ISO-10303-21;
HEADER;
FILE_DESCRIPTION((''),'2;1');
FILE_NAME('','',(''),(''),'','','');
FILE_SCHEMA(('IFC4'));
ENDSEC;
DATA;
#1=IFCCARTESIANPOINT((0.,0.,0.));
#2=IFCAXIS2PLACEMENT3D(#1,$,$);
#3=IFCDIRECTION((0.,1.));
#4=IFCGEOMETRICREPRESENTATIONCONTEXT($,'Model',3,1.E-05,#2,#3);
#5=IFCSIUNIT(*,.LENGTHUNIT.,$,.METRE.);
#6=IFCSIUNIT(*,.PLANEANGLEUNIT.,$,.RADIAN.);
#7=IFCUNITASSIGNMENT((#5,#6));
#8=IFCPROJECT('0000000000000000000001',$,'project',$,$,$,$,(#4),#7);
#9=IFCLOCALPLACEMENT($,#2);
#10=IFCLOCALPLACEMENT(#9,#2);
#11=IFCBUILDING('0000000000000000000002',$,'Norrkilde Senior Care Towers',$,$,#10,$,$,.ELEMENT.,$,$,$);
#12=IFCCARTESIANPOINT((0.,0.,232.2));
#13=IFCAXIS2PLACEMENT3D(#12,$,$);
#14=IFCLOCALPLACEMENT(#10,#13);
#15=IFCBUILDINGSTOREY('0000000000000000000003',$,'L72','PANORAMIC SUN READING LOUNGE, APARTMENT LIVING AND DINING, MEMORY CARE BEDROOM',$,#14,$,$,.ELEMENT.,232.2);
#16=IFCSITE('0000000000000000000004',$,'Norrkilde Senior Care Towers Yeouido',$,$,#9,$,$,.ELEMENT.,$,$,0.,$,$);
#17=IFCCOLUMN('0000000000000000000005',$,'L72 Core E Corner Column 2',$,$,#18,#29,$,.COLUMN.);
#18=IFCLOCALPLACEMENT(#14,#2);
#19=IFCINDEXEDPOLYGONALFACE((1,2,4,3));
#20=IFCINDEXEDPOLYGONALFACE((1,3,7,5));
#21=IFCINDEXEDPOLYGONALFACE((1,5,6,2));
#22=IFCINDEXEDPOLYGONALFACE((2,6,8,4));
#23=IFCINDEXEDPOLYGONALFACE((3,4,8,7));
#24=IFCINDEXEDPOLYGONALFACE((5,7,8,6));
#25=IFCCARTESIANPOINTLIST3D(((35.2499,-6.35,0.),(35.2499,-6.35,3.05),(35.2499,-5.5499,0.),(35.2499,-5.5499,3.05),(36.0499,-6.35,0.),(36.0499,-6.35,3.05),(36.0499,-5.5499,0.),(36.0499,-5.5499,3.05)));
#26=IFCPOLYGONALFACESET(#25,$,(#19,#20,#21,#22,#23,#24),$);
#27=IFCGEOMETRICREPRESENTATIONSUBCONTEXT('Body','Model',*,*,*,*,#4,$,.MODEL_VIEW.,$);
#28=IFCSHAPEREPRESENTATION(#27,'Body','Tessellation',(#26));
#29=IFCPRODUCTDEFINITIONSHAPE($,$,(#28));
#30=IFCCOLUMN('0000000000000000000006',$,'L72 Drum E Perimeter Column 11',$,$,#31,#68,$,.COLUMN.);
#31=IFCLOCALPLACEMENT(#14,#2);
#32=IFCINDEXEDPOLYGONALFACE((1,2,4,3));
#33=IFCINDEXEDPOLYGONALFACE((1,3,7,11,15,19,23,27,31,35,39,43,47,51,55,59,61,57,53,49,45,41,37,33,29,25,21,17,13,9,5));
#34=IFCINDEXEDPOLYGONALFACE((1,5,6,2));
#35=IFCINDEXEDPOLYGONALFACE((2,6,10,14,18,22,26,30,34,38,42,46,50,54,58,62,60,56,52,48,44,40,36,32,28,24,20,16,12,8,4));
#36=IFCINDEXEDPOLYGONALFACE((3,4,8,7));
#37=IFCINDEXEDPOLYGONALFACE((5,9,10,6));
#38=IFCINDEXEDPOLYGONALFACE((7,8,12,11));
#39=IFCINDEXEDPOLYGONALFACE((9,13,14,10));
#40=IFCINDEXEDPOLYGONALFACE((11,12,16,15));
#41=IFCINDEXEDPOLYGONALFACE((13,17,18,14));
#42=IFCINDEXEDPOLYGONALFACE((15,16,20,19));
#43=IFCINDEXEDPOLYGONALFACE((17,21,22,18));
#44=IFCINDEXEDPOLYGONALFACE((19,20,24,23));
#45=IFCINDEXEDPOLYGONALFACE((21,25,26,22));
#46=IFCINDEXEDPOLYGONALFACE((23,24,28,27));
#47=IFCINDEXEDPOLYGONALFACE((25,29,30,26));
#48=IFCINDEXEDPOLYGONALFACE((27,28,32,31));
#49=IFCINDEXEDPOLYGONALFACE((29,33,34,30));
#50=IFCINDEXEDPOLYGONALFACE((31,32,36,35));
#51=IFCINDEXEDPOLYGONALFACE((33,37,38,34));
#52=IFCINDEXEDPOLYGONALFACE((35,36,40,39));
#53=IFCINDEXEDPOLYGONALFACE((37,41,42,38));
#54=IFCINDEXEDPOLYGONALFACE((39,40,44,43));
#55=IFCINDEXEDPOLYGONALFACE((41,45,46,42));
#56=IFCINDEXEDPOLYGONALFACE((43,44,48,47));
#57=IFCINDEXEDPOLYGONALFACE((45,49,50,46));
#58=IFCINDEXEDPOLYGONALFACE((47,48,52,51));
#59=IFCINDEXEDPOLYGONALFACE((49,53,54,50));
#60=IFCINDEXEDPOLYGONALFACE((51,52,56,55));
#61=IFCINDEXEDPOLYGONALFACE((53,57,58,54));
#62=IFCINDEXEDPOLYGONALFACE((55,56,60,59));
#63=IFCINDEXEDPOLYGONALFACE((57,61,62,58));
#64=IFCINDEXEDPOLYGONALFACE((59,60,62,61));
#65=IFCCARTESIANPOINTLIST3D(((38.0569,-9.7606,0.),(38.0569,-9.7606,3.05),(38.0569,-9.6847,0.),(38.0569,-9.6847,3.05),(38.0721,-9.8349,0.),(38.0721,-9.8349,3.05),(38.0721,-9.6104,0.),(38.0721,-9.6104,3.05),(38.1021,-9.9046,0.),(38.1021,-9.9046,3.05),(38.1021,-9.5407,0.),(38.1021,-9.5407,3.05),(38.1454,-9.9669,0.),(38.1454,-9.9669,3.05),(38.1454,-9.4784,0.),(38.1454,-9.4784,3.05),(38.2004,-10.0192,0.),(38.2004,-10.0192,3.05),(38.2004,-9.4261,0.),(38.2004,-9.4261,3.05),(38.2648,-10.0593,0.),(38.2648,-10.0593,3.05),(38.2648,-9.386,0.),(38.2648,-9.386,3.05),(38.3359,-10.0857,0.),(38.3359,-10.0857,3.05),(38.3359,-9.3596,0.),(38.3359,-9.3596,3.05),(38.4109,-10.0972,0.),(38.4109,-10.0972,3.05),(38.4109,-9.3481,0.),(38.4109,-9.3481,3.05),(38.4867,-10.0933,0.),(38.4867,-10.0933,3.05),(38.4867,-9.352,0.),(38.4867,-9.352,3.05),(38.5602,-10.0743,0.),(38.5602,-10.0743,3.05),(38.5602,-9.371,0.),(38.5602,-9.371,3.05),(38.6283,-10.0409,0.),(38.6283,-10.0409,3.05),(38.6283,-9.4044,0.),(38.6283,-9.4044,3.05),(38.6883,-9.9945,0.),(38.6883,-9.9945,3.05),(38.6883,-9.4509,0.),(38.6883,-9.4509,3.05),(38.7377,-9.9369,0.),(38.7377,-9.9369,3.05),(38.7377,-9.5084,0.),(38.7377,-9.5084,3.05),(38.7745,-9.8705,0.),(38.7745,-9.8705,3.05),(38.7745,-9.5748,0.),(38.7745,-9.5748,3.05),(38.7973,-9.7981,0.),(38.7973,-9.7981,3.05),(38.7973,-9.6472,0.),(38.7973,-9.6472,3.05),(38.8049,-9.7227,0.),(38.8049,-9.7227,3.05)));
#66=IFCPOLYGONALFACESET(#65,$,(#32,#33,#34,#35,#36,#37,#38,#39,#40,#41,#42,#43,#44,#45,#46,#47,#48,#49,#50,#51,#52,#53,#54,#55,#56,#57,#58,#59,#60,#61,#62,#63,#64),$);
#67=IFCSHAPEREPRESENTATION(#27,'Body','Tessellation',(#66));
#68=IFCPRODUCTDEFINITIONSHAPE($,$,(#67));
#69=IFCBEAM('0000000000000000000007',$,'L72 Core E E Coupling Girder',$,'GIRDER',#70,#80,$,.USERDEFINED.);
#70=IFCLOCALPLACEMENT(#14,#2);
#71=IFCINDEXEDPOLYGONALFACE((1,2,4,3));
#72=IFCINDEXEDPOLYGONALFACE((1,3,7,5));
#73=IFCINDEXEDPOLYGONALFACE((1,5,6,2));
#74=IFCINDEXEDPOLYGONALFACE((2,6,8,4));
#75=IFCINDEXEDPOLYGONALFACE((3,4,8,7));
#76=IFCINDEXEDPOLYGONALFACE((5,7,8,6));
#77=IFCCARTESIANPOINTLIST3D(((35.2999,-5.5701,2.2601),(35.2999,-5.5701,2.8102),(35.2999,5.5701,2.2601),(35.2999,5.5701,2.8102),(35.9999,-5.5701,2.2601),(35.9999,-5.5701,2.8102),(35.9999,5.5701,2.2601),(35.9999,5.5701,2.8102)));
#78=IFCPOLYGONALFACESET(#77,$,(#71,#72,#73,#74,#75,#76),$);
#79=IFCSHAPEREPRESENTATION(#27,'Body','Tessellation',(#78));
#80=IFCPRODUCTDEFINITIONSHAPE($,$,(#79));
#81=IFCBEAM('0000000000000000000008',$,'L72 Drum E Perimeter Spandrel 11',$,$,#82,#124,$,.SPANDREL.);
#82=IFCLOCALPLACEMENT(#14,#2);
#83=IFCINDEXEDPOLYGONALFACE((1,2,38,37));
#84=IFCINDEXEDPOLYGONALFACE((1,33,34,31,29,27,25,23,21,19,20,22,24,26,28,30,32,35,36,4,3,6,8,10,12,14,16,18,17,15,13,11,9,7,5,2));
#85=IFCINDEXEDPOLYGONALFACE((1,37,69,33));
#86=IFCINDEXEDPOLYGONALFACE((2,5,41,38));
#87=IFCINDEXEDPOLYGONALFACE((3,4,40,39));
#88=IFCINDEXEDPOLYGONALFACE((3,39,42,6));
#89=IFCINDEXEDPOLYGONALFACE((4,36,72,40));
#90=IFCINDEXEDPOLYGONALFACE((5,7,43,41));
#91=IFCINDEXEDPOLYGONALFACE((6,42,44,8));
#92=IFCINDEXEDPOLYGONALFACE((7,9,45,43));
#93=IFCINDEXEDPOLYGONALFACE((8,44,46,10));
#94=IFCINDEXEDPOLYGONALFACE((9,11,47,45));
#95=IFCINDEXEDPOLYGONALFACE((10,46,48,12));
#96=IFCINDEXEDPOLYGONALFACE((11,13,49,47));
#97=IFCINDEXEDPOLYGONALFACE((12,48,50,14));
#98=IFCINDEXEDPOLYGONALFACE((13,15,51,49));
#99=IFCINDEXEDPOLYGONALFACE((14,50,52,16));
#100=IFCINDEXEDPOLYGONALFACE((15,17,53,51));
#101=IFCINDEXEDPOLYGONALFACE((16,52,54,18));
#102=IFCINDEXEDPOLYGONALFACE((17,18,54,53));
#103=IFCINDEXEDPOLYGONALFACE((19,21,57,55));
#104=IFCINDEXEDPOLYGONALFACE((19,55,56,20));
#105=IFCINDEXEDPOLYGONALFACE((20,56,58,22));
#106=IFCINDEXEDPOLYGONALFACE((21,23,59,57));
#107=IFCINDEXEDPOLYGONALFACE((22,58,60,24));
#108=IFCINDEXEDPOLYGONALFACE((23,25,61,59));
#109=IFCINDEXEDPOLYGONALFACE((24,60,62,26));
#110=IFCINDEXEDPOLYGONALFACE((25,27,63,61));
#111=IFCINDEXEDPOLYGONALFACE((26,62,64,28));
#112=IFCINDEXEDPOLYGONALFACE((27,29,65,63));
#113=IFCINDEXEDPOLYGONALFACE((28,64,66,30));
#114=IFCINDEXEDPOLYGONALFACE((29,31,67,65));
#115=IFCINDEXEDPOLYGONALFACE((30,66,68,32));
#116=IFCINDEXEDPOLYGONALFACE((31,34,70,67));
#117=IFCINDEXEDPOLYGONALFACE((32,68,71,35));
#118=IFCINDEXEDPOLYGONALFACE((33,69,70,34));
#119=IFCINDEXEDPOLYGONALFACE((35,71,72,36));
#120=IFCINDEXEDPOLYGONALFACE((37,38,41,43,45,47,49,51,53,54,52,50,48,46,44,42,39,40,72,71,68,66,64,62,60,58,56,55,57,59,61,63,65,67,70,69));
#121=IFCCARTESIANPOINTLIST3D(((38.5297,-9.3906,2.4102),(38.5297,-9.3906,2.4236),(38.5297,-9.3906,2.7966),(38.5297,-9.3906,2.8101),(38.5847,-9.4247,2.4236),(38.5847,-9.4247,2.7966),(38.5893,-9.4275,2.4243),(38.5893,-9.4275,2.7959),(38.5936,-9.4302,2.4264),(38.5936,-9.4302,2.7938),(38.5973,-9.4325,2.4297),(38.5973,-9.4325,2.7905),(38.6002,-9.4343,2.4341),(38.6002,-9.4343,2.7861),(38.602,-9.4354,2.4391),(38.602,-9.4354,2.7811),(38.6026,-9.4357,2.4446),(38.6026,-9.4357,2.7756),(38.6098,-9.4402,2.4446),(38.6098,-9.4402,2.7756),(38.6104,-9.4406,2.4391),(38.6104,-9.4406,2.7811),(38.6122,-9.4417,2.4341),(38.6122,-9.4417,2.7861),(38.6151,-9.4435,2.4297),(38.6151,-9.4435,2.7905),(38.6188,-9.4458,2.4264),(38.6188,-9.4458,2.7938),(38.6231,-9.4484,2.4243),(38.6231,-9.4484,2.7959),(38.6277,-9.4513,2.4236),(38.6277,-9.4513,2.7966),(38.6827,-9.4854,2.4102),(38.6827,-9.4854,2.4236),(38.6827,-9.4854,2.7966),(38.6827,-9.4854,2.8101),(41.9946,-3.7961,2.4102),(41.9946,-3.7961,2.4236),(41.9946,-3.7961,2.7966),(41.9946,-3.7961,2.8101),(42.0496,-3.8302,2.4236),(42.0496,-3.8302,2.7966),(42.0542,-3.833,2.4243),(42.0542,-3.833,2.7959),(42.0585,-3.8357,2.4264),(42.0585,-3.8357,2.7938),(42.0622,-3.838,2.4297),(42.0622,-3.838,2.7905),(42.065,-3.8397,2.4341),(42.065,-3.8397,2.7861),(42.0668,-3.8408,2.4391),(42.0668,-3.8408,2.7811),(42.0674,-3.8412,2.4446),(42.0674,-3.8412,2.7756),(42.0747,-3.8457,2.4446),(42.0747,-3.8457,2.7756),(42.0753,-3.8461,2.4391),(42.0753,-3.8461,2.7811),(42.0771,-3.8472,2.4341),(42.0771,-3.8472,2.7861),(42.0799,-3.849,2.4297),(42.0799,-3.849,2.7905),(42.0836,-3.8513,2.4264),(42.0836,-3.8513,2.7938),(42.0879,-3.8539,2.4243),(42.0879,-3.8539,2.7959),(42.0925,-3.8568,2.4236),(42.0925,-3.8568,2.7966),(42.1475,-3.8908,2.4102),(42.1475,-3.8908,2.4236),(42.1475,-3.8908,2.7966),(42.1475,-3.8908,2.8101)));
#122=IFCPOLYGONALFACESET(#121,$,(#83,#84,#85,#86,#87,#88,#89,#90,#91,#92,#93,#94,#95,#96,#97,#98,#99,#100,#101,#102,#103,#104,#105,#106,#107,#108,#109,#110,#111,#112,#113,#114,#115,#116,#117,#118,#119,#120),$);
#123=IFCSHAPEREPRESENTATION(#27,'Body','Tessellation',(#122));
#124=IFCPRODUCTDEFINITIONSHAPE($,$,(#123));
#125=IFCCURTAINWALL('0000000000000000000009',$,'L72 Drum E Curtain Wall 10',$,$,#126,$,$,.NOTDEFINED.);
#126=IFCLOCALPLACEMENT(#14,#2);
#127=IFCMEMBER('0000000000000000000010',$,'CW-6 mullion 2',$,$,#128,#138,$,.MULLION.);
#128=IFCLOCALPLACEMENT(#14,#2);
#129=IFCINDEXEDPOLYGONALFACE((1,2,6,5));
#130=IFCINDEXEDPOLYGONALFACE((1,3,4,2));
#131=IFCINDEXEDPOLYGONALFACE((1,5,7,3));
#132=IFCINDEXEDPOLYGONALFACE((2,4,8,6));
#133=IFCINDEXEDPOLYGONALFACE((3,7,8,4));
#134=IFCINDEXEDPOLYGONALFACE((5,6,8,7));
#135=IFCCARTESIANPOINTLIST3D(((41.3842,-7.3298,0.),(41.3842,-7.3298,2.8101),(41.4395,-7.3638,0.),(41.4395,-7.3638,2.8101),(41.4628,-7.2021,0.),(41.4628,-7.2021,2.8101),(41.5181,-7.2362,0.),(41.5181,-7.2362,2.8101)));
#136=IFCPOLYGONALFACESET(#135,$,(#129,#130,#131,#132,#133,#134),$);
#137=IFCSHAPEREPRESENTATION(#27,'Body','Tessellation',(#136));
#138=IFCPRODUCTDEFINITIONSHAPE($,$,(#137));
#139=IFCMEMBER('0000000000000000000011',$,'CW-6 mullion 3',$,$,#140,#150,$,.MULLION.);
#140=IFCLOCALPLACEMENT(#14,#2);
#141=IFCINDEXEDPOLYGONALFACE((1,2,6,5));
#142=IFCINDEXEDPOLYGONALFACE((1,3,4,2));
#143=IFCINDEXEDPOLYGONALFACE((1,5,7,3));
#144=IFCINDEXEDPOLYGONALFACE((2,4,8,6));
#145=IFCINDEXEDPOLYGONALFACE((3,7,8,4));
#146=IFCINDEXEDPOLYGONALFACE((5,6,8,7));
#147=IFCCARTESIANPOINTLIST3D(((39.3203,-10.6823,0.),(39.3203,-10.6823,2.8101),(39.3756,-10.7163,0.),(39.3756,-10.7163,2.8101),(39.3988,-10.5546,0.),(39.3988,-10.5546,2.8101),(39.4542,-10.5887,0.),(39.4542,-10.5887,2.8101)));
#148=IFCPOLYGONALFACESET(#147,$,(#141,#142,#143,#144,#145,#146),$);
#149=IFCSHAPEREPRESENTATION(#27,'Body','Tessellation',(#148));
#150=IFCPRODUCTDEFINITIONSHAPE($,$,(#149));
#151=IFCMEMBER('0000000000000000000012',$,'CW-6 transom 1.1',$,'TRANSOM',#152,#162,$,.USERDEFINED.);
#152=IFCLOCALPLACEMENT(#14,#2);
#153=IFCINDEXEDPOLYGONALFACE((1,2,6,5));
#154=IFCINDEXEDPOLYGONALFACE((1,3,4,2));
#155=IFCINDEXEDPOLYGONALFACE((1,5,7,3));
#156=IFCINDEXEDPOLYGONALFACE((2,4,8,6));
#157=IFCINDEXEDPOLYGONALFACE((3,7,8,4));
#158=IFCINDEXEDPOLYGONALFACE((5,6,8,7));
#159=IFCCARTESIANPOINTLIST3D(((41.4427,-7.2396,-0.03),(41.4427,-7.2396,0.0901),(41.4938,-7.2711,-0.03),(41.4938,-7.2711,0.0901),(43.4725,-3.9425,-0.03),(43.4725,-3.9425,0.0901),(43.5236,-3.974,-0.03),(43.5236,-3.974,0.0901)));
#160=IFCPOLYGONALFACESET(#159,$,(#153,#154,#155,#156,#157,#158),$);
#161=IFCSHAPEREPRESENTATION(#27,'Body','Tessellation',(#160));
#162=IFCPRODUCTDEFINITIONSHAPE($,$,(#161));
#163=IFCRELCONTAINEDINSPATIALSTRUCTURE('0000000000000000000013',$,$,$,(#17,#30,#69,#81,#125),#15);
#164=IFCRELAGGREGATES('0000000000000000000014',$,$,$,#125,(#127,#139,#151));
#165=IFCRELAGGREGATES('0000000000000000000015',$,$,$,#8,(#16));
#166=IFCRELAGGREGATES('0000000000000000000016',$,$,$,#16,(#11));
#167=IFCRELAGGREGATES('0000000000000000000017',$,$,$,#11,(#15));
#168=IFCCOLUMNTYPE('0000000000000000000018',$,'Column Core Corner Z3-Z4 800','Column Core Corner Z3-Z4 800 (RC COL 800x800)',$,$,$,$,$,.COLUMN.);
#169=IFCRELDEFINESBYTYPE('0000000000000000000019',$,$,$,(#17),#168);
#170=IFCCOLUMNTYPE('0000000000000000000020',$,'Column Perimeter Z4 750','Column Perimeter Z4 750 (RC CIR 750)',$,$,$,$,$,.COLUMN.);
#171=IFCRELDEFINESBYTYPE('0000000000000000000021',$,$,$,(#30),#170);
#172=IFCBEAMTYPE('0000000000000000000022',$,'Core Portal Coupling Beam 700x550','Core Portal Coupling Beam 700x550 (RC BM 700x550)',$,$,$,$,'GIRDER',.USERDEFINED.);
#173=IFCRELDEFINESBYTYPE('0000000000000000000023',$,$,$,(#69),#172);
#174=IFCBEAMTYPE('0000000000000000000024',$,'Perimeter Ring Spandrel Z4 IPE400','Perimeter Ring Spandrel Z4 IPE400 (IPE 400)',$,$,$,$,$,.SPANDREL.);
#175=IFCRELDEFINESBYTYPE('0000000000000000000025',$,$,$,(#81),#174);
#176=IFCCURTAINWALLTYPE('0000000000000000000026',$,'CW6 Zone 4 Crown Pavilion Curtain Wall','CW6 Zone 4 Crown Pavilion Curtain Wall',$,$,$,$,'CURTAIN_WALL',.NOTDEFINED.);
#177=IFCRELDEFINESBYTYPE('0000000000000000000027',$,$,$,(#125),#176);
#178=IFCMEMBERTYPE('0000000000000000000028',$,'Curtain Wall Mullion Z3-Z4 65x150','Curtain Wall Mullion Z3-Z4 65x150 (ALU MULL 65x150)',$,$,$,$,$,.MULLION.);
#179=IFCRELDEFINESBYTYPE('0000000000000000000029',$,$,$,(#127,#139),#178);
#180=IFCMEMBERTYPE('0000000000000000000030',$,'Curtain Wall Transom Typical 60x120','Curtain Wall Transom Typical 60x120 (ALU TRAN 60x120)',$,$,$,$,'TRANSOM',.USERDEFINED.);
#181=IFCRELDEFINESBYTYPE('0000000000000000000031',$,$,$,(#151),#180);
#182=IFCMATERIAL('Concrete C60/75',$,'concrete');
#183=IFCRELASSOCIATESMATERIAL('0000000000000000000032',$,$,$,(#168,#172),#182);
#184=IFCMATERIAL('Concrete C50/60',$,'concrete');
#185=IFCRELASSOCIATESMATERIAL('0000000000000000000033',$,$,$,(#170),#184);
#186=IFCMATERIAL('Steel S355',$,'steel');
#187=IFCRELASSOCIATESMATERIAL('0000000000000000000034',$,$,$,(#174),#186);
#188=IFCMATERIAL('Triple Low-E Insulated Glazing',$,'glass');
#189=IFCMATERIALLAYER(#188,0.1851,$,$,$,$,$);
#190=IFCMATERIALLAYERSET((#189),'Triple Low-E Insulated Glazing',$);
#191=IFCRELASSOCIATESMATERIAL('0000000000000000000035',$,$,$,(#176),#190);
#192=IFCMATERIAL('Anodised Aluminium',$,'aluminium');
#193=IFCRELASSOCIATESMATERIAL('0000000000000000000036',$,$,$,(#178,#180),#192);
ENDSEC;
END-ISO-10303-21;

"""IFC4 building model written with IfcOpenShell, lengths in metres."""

from ifc_helpers import new_model, si_unit, direction, frame, origin, origin_2d, place, context, subcontext, project, spatial, rectangle, circle, i_section, extrude, source, transform, mapped, material, layer, layer_set, material_profile, profile_set, type_object, type_shapes, element, aggregate, save


model = new_model("IFC4")

# Units and contexts
model_context = context("Model", 3, precision=1e-05, world=origin(), true_north=direction((0.0, 1.0)))
body_context = subcontext(model_context, "Body", "Model", "MODEL_VIEW")
ifc_project = project(units=[si_unit("LENGTHUNIT", "METRE"), si_unit("PLANEANGLEUNIT", "RADIAN")], contexts=[model_context])

# Site, building, storey
site_placement = place(None, origin())
site = spatial("IfcSite", under=ifc_project, at=site_placement, Name="Norrkilde Senior Care Towers Yeouido", CompositionType="ELEMENT", RefElevation=0.0)
building_placement = place(site_placement, origin())
building = spatial("IfcBuilding", under=site, at=building_placement, Name="Norrkilde Senior Care Towers", CompositionType="ELEMENT")
storey_placement = place(building_placement, frame((0.0, 0.0, 232.2)))
storey = spatial("IfcBuildingStorey", under=building, at=storey_placement, Name="L72", Description="PANORAMIC SUN READING LOUNGE, APARTMENT LIVING AND DINING, MEMORY CARE BEDROOM", CompositionType="ELEMENT", Elevation=232.2)

# Columns
ifc_material_1 = material(Name="Concrete C60/75", Category="concrete")
ifc_material_profile_1 = material_profile(ifc_material_1, rectangle(XDim=0.8, YDim=0.8, at=origin_2d()), Name="RC COL 800x800")
ifc_profile_set_1 = profile_set([ifc_material_profile_1], Name="Concrete C60/75")
column_type_1 = type_object("IfcColumnType", Name="Column Core Corner Z3-Z4 800", Description="Column Core Corner Z3-Z4 800 (RC COL 800x800)", PredefinedType="COLUMN", material=ifc_profile_set_1)
shared_shape_1 = source(origin(), body_context, "Body", "SweptSolid", [
    extrude(rectangle(XDim=0.8, YDim=0.8, at=origin_2d()), origin(), (0.0, 0.0, 1.0), 3.05),
])
type_shapes(column_type_1, [shared_shape_1])
column_1_placement = place(storey_placement, frame((35.6499, -5.95, 0.0), z_axis=(0.0, 0.0, 1.0), x_axis=(1.0, 0.0, 0.0)))
element("IfcColumn", 1, at=column_1_placement, inside=storey, type_object=column_type_1, Name="L72 Core E Corner Column 2", PredefinedType="COLUMN", context=body_context, shape_type="MappedRepresentation", body=[
    mapped(shared_shape_1, transform((0.0, 0.0, 0.0), x_axis=(1.0, 0.0, 0.0), y_axis=(0.0, 1.0, 0.0), z_axis=(0.0, 0.0, 1.0), scale=1.0)),
])
ifc_material_2 = material(Name="Concrete C50/60", Category="concrete")
ifc_material_profile_2 = material_profile(ifc_material_2, circle(Radius=0.375, at=origin_2d()), Name="RC CIR 750")
ifc_profile_set_2 = profile_set([ifc_material_profile_2], Name="Concrete C50/60")
column_type_2 = type_object("IfcColumnType", Name="Column Perimeter Z4 750", Description="Column Perimeter Z4 750 (RC CIR 750)", PredefinedType="COLUMN", material=ifc_profile_set_2)
shared_shape_2 = source(origin(), body_context, "Body", "SweptSolid", [
    extrude(circle(Radius=0.375, at=origin_2d()), origin(), (0.0, 0.0, 1.0), 3.05),
])
type_shapes(column_type_2, [shared_shape_2])
column_2_placement = place(storey_placement, frame((38.4299, -9.7227, 0.0), z_axis=(0.0, 0.0, 1.0), x_axis=(1.0, 0.0, 0.0)))
element("IfcColumn", 2, at=column_2_placement, inside=storey, type_object=column_type_2, Name="L72 Drum E Perimeter Column 11", PredefinedType="COLUMN", context=body_context, shape_type="MappedRepresentation", body=[
    mapped(shared_shape_2, transform((0.0, 0.0, 0.0), x_axis=(1.0, 0.0, 0.0), y_axis=(0.0, 1.0, 0.0), z_axis=(0.0, 0.0, 1.0), scale=1.0)),
])

# Beams
ifc_material_profile_3 = material_profile(ifc_material_1, rectangle(XDim=0.7, YDim=0.55, at=origin_2d()), Name="RC BM 700x550")
ifc_profile_set_3 = profile_set([ifc_material_profile_3], Name="Concrete C60/75")
beam_type_1 = type_object("IfcBeamType", Name="Core Portal Coupling Beam 700x550", Description="Core Portal Coupling Beam 700x550 (RC BM 700x550)", ElementType="GIRDER", PredefinedType="USERDEFINED", material=ifc_profile_set_3)
shared_shape_3 = source(origin(), body_context, "Body", "SweptSolid", [
    extrude(rectangle(XDim=0.7, YDim=0.55, at=origin_2d()), origin(), (0.0, 0.0, 1.0), 11.1401),
])
type_shapes(beam_type_1, [shared_shape_3])
beam_1_placement = place(storey_placement, frame((35.6499, -5.5701, 2.5352), z_axis=(0.0, 1.0, 0.0), x_axis=(-1.0, 0.0, 0.0)))
element("IfcBeam", 3, at=beam_1_placement, inside=storey, type_object=beam_type_1, Name="L72 Core E E Coupling Girder", ObjectType="GIRDER", PredefinedType="USERDEFINED", context=body_context, shape_type="MappedRepresentation", body=[
    mapped(shared_shape_3, transform((0.0, 0.0, 0.0), x_axis=(1.0, 0.0, 0.0), y_axis=(0.0, 1.0, 0.0), z_axis=(0.0, 0.0, 1.0), scale=1.0)),
])
ifc_material_3 = material(Name="Steel S355", Category="steel")
ifc_material_profile_4 = material_profile(ifc_material_3, i_section(OverallWidth=0.1799, OverallDepth=0.3999, WebThickness=0.0085, FlangeThickness=0.0134, FilletRadius=0.021, at=origin_2d()), Name="IPE 400")
ifc_profile_set_4 = profile_set([ifc_material_profile_4], Name="Steel S355")
beam_type_2 = type_object("IfcBeamType", Name="Perimeter Ring Spandrel Z4 IPE400", Description="Perimeter Ring Spandrel Z4 IPE400 (IPE 400)", PredefinedType="SPANDREL", material=ifc_profile_set_4)
shared_shape_4 = source(origin(), body_context, "Body", "SweptSolid", [
    extrude(i_section(OverallWidth=0.1799, OverallDepth=0.3999, WebThickness=0.0085, FlangeThickness=0.0134, FilletRadius=0.021, at=origin_2d()), origin(), (0.0, 0.0, 1.0), 6.5806),
])
type_shapes(beam_type_2, [shared_shape_4])
beam_2_placement = place(storey_placement, frame((38.6062, -9.438, 2.6101), z_axis=(0.52653, 0.850157, 0.0), x_axis=(-0.850157, 0.52653, 0.0)))
element("IfcBeam", 4, at=beam_2_placement, inside=storey, type_object=beam_type_2, Name="L72 Drum E Perimeter Spandrel 11", PredefinedType="SPANDREL", context=body_context, shape_type="MappedRepresentation", body=[
    mapped(shared_shape_4, transform((0.0, 0.0, 0.0), x_axis=(1.0, 0.0, 0.0), y_axis=(0.0, 1.0, 0.0), z_axis=(0.0, 0.0, 1.0), scale=1.0)),
])

# Curtain wall, members
ifc_material_4 = material(Name="Triple Low-E Insulated Glazing", Category="glass")
ifc_layer_1 = layer(ifc_material_4, 0.1851)
ifc_layer_set_1 = layer_set([ifc_layer_1], Name="Triple Low-E Insulated Glazing")
curtain_wall_type = type_object("IfcCurtainWallType", Name="CW6 Zone 4 Crown Pavilion Curtain Wall", Description="CW6 Zone 4 Crown Pavilion Curtain Wall", ElementType="CURTAIN_WALL", PredefinedType="NOTDEFINED", material=ifc_layer_set_1)
curtain_wall_placement = place(storey_placement, origin())
curtain_wall = element("IfcCurtainWall", 5, at=curtain_wall_placement, inside=storey, type_object=curtain_wall_type, Name="L72 Drum E Curtain Wall 10", PredefinedType="NOTDEFINED")
ifc_material_5 = material(Name="Anodised Aluminium", Category="aluminium")
ifc_material_profile_5 = material_profile(ifc_material_5, rectangle(XDim=0.0649, YDim=0.1499, at=origin_2d()), Name="ALU MULL 65x150")
ifc_profile_set_5 = profile_set([ifc_material_profile_5], Name="Anodised Aluminium")
member_type_1 = type_object("IfcMemberType", Name="Curtain Wall Mullion Z3-Z4 65x150", Description="Curtain Wall Mullion Z3-Z4 65x150 (ALU MULL 65x150)", PredefinedType="MULLION", material=ifc_profile_set_5)
shared_shape_5 = source(origin(), body_context, "Body", "SweptSolid", [
    extrude(rectangle(XDim=0.0649, YDim=0.1499, at=origin_2d()), origin(), (0.0, 0.0, 1.0), 2.8101),
])
type_shapes(member_type_1, [shared_shape_5])
member_1_placement = place(storey_placement, frame((41.4512, -7.283, 0.0), z_axis=(0.0, 0.0, 1.0), x_axis=(0.851563, -0.524253, 0.0)))
member_1 = element("IfcMember", 6, at=member_1_placement, type_object=member_type_1, Name="CW-6 mullion 2", PredefinedType="MULLION", context=body_context, shape_type="MappedRepresentation", body=[
    mapped(shared_shape_5, transform((0.0, 0.0, 0.0), x_axis=(1.0, 0.0, 0.0), y_axis=(0.0, 1.0, 0.0), z_axis=(0.0, 0.0, 1.0), scale=1.0)),
])
member_2_placement = place(storey_placement, frame((39.3872, -10.6355, 0.0), z_axis=(0.0, 0.0, 1.0), x_axis=(0.851563, -0.524253, 0.0)))
member_2 = element("IfcMember", 7, at=member_2_placement, type_object=member_type_1, Name="CW-6 mullion 3", PredefinedType="MULLION", context=body_context, shape_type="MappedRepresentation", body=[
    mapped(shared_shape_5, transform((0.0, 0.0, 0.0), x_axis=(1.0, 0.0, 0.0), y_axis=(0.0, 1.0, 0.0), z_axis=(0.0, 0.0, 1.0), scale=1.0)),
])
ifc_material_profile_6 = material_profile(ifc_material_5, rectangle(XDim=0.0601, YDim=0.1201, at=origin_2d()), Name="ALU TRAN 60x120")
ifc_profile_set_6 = profile_set([ifc_material_profile_6], Name="Anodised Aluminium")
member_type_2 = type_object("IfcMemberType", Name="Curtain Wall Transom Typical 60x120", Description="Curtain Wall Transom Typical 60x120 (ALU TRAN 60x120)", ElementType="TRANSOM", PredefinedType="USERDEFINED", material=ifc_profile_set_6)
shared_shape_6 = source(origin(), body_context, "Body", "SweptSolid", [
    extrude(rectangle(XDim=0.0601, YDim=0.1201, at=origin_2d()), origin(), (0.0, 0.0, 1.0), 3.8718),
])
type_shapes(member_type_2, [shared_shape_6])
member_3_placement = place(storey_placement, frame((43.498, -3.9583, 0.03), z_axis=(-0.524245, -0.851567, 0.0), x_axis=(0.851567, -0.524245, 0.0)))
member_3 = element("IfcMember", 8, at=member_3_placement, type_object=member_type_2, Name="CW-6 transom 1.1", ObjectType="TRANSOM", PredefinedType="USERDEFINED", context=body_context, shape_type="MappedRepresentation", body=[
    mapped(shared_shape_6, transform((0.0, 0.0, 0.0), x_axis=(1.0, 0.0, 0.0), y_axis=(0.0, 1.0, 0.0), z_axis=(0.0, 0.0, 1.0), scale=1.0)),
])
aggregate(curtain_wall, [member_1, member_2, member_3])

save(model, "model.ifc")
